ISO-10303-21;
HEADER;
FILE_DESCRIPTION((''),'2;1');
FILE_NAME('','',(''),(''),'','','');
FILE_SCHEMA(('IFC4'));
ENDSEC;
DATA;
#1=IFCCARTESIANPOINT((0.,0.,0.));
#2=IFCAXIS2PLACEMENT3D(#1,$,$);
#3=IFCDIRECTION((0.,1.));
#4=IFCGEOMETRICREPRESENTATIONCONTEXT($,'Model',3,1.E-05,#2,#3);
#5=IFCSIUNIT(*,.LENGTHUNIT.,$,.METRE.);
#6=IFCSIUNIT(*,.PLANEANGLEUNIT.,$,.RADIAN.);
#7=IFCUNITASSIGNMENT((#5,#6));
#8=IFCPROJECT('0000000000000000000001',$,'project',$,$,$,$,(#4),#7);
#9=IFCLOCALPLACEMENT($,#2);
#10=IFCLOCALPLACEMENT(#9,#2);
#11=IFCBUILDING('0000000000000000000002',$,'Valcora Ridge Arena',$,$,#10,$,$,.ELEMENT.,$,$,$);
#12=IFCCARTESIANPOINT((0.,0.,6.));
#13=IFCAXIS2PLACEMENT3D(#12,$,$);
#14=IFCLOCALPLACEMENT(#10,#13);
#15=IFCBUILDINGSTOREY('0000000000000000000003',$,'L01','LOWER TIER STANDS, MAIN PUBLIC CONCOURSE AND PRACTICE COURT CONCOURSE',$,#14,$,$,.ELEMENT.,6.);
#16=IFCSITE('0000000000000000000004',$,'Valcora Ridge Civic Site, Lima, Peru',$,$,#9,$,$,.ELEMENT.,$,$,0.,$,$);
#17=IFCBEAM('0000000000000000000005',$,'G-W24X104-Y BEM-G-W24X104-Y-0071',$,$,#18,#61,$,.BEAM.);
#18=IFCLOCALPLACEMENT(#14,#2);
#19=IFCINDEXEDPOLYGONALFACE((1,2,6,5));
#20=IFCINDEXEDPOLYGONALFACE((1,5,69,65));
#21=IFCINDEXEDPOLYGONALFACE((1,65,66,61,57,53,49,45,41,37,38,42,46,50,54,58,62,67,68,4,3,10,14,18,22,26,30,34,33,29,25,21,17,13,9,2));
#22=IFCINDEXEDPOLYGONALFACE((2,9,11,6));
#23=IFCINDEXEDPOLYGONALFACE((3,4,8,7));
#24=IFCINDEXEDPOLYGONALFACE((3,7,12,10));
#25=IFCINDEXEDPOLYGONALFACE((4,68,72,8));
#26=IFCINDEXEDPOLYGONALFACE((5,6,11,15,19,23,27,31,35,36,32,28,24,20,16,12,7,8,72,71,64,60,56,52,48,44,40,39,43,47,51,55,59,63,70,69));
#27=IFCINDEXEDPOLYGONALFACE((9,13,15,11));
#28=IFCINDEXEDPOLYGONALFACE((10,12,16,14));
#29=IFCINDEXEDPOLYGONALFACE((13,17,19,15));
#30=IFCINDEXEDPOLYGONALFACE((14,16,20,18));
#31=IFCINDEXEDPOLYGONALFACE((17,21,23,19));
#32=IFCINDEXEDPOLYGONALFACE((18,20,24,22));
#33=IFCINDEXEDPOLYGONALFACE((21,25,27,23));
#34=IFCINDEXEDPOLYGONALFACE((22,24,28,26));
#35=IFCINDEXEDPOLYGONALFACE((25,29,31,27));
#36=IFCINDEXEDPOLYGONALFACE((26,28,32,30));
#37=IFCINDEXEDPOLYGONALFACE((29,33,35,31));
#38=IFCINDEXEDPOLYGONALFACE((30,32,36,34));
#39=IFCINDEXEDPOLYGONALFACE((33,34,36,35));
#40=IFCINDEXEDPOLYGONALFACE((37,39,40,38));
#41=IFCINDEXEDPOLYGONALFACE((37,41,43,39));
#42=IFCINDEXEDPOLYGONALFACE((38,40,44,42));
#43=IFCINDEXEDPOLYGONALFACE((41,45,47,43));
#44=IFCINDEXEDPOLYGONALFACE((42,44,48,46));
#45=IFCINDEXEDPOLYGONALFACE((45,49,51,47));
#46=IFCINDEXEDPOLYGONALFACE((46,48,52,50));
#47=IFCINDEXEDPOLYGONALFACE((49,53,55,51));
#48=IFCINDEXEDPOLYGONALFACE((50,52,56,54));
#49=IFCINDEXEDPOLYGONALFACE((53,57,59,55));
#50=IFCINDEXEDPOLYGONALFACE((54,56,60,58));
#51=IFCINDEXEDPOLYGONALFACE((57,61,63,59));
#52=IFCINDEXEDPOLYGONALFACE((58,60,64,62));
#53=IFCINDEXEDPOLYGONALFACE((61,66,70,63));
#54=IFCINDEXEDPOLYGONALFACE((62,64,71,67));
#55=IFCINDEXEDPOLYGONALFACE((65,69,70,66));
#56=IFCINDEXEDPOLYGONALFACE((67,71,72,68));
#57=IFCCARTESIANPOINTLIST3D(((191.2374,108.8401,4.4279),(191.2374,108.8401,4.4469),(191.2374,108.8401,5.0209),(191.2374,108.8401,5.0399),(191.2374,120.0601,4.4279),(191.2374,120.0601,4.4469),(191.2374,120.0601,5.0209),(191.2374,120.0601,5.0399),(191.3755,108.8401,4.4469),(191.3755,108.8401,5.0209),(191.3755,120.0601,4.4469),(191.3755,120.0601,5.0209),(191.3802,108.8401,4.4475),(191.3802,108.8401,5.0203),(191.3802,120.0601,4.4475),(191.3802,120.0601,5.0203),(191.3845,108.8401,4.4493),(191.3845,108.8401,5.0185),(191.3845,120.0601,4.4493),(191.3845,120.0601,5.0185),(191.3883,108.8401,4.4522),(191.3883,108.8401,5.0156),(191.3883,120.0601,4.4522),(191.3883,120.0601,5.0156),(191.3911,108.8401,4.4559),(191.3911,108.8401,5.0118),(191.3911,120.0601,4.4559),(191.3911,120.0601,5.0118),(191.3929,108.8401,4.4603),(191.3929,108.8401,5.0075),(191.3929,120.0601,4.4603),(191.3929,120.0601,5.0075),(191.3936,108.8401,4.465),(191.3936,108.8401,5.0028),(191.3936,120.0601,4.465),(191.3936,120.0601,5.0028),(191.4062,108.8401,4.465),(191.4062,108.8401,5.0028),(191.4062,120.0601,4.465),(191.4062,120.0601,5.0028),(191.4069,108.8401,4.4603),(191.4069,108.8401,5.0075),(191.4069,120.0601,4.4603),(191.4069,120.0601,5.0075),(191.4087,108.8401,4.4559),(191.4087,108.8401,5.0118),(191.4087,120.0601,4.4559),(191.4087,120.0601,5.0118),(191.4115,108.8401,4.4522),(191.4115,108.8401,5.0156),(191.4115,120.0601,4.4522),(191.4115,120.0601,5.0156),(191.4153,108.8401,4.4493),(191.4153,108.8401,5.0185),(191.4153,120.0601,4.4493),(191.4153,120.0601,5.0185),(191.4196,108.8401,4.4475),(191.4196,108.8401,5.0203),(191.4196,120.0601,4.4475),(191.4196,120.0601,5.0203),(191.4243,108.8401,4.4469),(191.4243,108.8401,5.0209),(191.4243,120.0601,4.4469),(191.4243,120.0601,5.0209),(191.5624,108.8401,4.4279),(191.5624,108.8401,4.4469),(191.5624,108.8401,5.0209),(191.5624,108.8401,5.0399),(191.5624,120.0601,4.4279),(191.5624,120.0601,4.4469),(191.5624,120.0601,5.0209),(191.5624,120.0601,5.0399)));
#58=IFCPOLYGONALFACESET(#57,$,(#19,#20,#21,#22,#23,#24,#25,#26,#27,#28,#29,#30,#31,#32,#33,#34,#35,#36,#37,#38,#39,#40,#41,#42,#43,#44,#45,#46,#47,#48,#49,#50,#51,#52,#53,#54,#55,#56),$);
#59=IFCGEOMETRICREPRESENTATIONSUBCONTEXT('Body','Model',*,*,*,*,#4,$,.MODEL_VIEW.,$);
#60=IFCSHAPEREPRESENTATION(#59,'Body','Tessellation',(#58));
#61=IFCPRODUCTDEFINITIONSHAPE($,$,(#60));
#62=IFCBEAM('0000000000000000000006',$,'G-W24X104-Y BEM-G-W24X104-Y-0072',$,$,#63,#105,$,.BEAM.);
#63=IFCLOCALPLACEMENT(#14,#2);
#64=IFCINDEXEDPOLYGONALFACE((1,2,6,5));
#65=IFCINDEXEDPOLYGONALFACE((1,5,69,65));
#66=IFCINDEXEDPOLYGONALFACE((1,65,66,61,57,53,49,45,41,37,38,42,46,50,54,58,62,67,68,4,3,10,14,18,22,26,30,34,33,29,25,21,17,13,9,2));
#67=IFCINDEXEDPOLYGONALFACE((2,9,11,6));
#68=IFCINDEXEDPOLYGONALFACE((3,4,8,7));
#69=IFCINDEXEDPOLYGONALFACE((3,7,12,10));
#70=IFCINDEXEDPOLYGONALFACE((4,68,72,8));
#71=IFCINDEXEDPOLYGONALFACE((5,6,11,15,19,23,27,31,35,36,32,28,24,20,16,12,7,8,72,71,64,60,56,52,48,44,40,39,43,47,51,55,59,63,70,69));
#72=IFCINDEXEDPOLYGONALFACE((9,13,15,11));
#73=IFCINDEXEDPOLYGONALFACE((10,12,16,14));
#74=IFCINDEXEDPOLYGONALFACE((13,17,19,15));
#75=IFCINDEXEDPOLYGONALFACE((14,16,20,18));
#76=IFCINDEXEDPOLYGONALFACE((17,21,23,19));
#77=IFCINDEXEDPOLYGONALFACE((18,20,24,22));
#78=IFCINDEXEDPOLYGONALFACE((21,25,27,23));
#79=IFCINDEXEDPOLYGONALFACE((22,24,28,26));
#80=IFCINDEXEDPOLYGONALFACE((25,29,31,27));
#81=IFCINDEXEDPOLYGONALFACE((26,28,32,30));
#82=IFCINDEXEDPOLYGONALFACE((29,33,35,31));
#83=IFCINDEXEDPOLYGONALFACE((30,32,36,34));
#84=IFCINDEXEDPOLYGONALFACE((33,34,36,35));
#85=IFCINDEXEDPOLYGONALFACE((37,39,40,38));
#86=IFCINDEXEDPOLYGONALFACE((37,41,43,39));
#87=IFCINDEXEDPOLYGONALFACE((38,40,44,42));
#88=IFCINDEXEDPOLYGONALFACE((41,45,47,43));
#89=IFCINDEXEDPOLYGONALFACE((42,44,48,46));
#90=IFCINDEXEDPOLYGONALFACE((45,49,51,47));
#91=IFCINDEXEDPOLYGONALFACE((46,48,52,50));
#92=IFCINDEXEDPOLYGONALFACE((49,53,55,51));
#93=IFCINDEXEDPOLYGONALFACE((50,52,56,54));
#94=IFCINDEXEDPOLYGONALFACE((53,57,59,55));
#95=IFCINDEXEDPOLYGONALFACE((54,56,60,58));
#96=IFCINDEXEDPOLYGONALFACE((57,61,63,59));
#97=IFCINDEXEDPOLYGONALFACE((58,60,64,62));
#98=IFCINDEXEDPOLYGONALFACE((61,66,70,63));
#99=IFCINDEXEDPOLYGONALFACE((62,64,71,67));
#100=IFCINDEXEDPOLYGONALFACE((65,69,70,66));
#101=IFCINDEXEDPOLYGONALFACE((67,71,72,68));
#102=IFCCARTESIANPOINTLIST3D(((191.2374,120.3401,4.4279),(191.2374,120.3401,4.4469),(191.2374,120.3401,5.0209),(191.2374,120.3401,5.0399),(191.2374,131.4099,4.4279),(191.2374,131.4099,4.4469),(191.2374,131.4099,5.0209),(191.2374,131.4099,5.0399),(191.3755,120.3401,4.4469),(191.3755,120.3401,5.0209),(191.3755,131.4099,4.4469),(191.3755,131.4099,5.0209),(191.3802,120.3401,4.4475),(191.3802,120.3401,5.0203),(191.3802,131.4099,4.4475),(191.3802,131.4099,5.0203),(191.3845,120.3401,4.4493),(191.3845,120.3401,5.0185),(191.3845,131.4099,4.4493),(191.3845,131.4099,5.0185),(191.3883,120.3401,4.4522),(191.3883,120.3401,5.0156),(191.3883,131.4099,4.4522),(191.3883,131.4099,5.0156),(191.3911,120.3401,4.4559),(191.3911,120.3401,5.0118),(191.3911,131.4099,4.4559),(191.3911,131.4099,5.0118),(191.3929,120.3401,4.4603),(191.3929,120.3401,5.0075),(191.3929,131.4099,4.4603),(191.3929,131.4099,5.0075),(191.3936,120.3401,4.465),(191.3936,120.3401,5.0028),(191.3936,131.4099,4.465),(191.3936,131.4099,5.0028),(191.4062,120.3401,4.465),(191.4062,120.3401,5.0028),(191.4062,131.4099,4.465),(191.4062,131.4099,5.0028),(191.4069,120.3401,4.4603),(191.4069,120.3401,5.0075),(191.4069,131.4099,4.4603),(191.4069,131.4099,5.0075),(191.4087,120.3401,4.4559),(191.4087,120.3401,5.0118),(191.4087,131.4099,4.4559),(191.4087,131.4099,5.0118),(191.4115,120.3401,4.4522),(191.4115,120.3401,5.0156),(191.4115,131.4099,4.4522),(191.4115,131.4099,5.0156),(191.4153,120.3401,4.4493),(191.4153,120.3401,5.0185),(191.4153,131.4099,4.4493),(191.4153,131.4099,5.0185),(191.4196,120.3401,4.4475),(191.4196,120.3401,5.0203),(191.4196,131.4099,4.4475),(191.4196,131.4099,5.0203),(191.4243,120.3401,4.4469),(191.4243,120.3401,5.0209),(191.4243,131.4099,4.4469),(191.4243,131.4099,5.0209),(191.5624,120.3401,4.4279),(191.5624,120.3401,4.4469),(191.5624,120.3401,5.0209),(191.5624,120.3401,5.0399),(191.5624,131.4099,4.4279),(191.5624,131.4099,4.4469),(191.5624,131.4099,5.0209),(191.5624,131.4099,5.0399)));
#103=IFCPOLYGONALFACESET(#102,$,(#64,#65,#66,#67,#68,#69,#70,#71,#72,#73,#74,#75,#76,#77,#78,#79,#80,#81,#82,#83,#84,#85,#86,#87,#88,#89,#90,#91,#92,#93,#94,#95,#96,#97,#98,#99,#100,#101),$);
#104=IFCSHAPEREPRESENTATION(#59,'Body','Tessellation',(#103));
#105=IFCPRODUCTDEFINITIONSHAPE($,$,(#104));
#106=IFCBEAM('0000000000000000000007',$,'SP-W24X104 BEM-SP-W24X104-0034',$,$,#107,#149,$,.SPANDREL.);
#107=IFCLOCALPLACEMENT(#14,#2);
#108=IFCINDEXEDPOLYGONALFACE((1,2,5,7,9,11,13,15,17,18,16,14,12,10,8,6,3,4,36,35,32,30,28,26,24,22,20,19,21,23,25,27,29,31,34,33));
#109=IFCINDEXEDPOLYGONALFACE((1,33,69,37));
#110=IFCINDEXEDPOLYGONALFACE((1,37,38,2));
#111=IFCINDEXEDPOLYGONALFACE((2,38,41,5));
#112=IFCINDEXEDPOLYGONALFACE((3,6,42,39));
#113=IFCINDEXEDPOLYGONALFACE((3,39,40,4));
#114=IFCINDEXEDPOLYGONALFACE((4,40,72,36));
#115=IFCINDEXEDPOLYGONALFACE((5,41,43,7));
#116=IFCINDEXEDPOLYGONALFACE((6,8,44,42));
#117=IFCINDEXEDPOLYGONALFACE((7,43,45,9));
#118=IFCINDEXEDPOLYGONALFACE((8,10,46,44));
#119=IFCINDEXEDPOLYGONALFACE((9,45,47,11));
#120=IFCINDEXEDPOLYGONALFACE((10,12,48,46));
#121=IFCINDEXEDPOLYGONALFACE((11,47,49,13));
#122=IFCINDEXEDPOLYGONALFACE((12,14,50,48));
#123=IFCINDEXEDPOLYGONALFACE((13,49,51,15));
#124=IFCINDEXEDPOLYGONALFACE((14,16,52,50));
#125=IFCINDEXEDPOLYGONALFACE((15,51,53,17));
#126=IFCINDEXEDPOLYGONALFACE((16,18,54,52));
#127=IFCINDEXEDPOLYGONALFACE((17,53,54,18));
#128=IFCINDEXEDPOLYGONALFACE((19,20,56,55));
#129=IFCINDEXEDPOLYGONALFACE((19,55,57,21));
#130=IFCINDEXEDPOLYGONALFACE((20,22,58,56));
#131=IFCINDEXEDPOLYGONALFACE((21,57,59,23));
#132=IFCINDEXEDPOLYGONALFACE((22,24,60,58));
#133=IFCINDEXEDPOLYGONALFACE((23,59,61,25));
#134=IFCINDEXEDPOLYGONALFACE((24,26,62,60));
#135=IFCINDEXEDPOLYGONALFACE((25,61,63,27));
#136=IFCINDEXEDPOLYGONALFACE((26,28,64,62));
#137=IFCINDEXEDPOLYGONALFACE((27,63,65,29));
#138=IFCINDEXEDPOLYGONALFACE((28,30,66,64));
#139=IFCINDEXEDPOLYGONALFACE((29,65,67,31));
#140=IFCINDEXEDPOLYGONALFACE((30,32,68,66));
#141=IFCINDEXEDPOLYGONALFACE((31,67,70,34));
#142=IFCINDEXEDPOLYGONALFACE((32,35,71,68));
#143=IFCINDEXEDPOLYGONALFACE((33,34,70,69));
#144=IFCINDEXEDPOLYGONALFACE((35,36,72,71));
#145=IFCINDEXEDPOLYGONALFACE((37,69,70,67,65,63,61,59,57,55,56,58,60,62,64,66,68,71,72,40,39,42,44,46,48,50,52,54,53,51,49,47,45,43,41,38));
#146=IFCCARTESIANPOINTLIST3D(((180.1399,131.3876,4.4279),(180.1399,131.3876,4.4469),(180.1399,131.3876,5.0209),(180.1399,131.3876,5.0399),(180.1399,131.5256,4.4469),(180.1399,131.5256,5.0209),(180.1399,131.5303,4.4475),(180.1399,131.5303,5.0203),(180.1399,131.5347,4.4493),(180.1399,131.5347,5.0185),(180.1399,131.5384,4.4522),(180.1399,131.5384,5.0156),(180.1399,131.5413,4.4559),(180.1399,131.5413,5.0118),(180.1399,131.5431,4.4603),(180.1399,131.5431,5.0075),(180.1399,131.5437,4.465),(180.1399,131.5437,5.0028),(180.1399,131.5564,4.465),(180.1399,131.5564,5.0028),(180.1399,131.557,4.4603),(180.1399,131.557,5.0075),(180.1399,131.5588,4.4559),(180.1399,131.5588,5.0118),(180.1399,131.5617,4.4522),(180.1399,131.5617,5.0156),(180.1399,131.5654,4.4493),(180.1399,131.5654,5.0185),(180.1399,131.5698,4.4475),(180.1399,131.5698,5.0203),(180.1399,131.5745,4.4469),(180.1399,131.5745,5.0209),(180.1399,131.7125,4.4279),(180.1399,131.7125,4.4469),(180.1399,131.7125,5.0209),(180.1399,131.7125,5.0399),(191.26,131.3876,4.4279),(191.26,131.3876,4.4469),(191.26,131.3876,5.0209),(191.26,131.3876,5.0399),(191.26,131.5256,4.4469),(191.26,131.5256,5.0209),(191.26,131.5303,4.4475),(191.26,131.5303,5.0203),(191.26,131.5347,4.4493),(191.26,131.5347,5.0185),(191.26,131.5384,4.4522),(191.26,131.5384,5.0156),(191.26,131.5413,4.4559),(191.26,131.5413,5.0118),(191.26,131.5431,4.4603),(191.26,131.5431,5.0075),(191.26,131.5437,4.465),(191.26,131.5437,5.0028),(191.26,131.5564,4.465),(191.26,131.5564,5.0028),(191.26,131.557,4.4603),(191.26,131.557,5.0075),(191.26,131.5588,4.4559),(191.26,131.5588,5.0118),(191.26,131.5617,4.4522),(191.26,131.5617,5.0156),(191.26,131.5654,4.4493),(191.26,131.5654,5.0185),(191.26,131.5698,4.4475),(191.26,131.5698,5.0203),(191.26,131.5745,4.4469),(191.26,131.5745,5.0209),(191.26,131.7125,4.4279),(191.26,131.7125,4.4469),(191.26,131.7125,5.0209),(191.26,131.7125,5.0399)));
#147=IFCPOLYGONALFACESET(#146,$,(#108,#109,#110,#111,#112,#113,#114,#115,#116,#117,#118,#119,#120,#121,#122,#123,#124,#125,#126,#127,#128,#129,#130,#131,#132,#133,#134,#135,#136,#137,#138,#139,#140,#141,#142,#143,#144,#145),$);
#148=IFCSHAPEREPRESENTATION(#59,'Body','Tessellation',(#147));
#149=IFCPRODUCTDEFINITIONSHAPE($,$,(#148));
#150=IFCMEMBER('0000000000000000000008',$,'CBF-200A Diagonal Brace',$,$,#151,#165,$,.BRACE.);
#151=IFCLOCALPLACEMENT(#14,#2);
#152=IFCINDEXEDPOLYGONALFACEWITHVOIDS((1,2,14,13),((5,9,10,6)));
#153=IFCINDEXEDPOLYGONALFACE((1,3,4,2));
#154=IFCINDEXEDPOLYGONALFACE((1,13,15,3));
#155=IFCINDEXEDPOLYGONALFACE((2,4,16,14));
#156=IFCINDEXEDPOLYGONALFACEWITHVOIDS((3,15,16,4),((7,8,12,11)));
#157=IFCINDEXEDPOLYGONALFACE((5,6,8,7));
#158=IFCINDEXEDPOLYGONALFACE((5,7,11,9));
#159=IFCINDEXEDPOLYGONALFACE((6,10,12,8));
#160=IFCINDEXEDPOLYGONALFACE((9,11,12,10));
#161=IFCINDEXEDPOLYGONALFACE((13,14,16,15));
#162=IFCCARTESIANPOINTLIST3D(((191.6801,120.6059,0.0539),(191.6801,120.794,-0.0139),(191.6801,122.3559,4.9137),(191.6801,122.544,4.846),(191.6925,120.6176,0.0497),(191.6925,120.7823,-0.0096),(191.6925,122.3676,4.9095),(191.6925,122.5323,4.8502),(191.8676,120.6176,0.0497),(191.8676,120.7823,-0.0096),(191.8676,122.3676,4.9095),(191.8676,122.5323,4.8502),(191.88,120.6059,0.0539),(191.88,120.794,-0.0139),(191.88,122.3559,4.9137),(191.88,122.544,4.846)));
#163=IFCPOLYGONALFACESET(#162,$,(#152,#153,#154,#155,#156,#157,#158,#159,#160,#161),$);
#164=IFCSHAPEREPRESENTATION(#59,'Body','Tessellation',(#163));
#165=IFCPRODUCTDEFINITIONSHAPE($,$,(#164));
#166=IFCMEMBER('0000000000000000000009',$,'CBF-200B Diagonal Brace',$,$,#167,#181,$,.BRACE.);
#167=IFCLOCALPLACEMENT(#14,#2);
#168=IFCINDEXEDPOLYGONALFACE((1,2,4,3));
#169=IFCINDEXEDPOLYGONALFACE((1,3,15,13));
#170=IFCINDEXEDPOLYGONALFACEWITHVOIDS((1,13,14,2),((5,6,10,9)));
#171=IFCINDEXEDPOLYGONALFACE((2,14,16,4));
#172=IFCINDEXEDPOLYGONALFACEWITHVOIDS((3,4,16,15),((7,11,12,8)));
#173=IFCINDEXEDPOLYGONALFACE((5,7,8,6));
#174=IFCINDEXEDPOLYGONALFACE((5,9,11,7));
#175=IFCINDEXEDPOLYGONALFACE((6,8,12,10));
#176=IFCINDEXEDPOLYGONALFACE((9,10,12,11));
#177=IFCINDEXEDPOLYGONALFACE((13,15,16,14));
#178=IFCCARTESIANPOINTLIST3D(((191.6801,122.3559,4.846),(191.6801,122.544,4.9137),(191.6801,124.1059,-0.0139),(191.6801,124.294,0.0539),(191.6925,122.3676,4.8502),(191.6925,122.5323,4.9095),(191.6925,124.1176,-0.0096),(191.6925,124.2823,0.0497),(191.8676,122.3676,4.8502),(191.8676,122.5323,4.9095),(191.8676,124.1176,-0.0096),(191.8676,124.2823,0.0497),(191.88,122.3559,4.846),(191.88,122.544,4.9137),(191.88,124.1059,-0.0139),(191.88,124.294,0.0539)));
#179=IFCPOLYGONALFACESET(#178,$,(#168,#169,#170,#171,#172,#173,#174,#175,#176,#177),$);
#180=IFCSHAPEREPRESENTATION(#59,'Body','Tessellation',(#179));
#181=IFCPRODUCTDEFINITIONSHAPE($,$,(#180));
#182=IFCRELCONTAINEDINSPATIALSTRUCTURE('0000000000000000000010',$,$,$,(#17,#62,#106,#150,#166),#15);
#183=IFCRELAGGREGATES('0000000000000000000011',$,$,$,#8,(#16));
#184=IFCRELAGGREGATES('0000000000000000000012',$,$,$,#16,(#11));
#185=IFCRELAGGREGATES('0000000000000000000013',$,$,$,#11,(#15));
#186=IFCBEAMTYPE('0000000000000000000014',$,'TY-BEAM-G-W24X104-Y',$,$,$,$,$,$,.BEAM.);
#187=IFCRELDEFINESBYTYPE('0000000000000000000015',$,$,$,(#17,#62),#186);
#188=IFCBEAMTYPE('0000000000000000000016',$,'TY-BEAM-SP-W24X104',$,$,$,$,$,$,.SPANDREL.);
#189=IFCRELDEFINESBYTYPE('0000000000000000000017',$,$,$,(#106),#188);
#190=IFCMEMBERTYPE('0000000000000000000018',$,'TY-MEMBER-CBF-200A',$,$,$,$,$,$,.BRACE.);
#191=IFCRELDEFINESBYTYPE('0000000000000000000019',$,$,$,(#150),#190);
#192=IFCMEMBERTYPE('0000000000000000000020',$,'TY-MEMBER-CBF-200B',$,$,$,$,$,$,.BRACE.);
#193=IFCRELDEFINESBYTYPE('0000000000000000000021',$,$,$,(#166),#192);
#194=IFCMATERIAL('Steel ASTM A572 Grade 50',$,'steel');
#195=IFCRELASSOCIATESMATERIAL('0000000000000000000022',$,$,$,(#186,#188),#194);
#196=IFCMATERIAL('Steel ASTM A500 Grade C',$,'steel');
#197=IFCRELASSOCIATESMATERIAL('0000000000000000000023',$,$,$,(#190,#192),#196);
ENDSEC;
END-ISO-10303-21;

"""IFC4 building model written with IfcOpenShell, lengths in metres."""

from ifc_helpers import new_model, si_unit, direction, frame, origin, origin_2d, place, context, subcontext, project, spatial, hollow_rectangle, i_section, extrude, material, material_profile, profile_set, type_object, element, save


model = new_model("IFC4")

# Units and contexts
model_context = context("Model", 3, precision=1e-05, world=origin(), true_north=direction((0.0, 1.0)))
body_context = subcontext(model_context, "Body", "Model", "MODEL_VIEW")
ifc_project = project(units=[si_unit("LENGTHUNIT", "METRE"), si_unit("PLANEANGLEUNIT", "RADIAN")], contexts=[model_context])

# Site, building, storey
site_placement = place(None, origin())
site = spatial("IfcSite", under=ifc_project, at=site_placement, Name="Valcora Ridge Civic Site, Lima, Peru", CompositionType="ELEMENT", RefElevation=0.0)
building_placement = place(site_placement, origin())
building = spatial("IfcBuilding", under=site, at=building_placement, Name="Valcora Ridge Arena", CompositionType="ELEMENT")
storey_placement = place(building_placement, frame((0.0, 0.0, 6.0)))
storey = spatial("IfcBuildingStorey", under=building, at=storey_placement, Name="L01", Description="LOWER TIER STANDS, MAIN PUBLIC CONCOURSE AND PRACTICE COURT CONCOURSE", CompositionType="ELEMENT", Elevation=6.0)

# Shared definitions
ifc_material_1 = material(Name="Steel ASTM A500 Grade C", Category="steel")

# Beams
ifc_material_2 = material(Name="Steel ASTM A572 Grade 50", Category="steel")
ifc_material_profile_1 = material_profile(ifc_material_2, i_section(OverallWidth=0.325, OverallDepth=0.6121, WebThickness=0.0127, FlangeThickness=0.019, FilletRadius=0.0181, at=origin_2d()), Name="W24X104")
ifc_profile_set_1 = profile_set([ifc_material_profile_1], Name="Steel ASTM A572 Grade 50")
beam_type_1 = type_object("IfcBeamType", Name="TY-BEAM-G-W24X104-Y", PredefinedType="BEAM", material=ifc_profile_set_1)
beam_1_placement = place(storey_placement, frame((191.3999, 108.8401, 4.7339), z_axis=(0.0, 1.0, 0.0), x_axis=(-1.0, 0.0, 0.0)))
element("IfcBeam", 1, at=beam_1_placement, inside=storey, type_object=beam_type_1, Name="G-W24X104-Y BEM-G-W24X104-Y-0071", PredefinedType="BEAM", context=body_context, shape_type="SweptSolid", body=[
    extrude(i_section(OverallWidth=0.325, OverallDepth=0.6121, WebThickness=0.0127, FlangeThickness=0.019, FilletRadius=0.0181, at=origin_2d()), origin(), (0.0, 0.0, 1.0), 11.22),
])
beam_2_placement = place(storey_placement, frame((191.3999, 120.3401, 4.7339), z_axis=(0.0, 1.0, 0.0), x_axis=(-1.0, 0.0, 0.0)))
element("IfcBeam", 2, at=beam_2_placement, inside=storey, type_object=beam_type_1, Name="G-W24X104-Y BEM-G-W24X104-Y-0072", PredefinedType="BEAM", context=body_context, shape_type="SweptSolid", body=[
    extrude(i_section(OverallWidth=0.325, OverallDepth=0.6121, WebThickness=0.0127, FlangeThickness=0.019, FilletRadius=0.0181, at=origin_2d()), origin(), (0.0, 0.0, 1.0), 11.0698),
])
ifc_material_profile_2 = material_profile(ifc_material_2, i_section(OverallWidth=0.325, OverallDepth=0.6121, WebThickness=0.0127, FlangeThickness=0.019, FilletRadius=0.0181, at=origin_2d()), Name="W24X104")
ifc_profile_set_2 = profile_set([ifc_material_profile_2], Name="Steel ASTM A572 Grade 50")
beam_type_2 = type_object("IfcBeamType", Name="TY-BEAM-SP-W24X104", PredefinedType="SPANDREL", material=ifc_profile_set_2)
beam_3_placement = place(storey_placement, frame((180.1399, 131.55, 4.7339), z_axis=(1.0, 0.0, 0.0), x_axis=(0.0, 1.0, 0.0)))
element("IfcBeam", 3, at=beam_3_placement, inside=storey, type_object=beam_type_2, Name="SP-W24X104 BEM-SP-W24X104-0034", PredefinedType="SPANDREL", context=body_context, shape_type="SweptSolid", body=[
    extrude(i_section(OverallWidth=0.325, OverallDepth=0.6121, WebThickness=0.0127, FlangeThickness=0.019, FilletRadius=0.0181, at=origin_2d()), origin(), (0.0, 0.0, 1.0), 11.1201),
])

# Members
ifc_material_profile_3 = material_profile(ifc_material_1, hollow_rectangle(XDim=0.2, YDim=0.2, WallThickness=0.0125, at=origin_2d()), Name="HSS200X200X12")
ifc_profile_set_3 = profile_set([ifc_material_profile_3], Name="Steel ASTM A500 Grade C")
member_type_1 = type_object("IfcMemberType", Name="TY-MEMBER-CBF-200A", PredefinedType="BRACE", material=ifc_profile_set_3)
member_1_placement = place(storey_placement, frame((191.78, 120.7, 0.02), z_axis=(0.0, 0.338796, 0.94086), x_axis=(-1.0, 0.0, 0.0)))
element("IfcMember", 4, at=member_1_placement, inside=storey, type_object=member_type_1, Name="CBF-200A Diagonal Brace", PredefinedType="BRACE", context=body_context, shape_type="SweptSolid", body=[
    extrude(hollow_rectangle(XDim=0.2, YDim=0.2, WallThickness=0.0125, at=origin_2d()), origin(), (0.0, 0.0, 1.0), 5.1653),
])
ifc_material_profile_4 = material_profile(ifc_material_1, hollow_rectangle(XDim=0.2, YDim=0.2, WallThickness=0.0125, at=origin_2d()), Name="HSS200X200X12")
ifc_profile_set_4 = profile_set([ifc_material_profile_4], Name="Steel ASTM A500 Grade C")
member_type_2 = type_object("IfcMemberType", Name="TY-MEMBER-CBF-200B", PredefinedType="BRACE", material=ifc_profile_set_4)
member_2_placement = place(storey_placement, frame((191.78, 124.2, 0.02), z_axis=(0.0, -0.338796, 0.94086), x_axis=(1.0, 0.0, 0.0)))
element("IfcMember", 5, at=member_2_placement, inside=storey, type_object=member_type_2, Name="CBF-200B Diagonal Brace", PredefinedType="BRACE", context=body_context, shape_type="SweptSolid", body=[
    extrude(hollow_rectangle(XDim=0.2, YDim=0.2, WallThickness=0.0125, at=origin_2d()), origin(), (0.0, 0.0, 1.0), 5.1653),
])

save(model, "model.ifc")
